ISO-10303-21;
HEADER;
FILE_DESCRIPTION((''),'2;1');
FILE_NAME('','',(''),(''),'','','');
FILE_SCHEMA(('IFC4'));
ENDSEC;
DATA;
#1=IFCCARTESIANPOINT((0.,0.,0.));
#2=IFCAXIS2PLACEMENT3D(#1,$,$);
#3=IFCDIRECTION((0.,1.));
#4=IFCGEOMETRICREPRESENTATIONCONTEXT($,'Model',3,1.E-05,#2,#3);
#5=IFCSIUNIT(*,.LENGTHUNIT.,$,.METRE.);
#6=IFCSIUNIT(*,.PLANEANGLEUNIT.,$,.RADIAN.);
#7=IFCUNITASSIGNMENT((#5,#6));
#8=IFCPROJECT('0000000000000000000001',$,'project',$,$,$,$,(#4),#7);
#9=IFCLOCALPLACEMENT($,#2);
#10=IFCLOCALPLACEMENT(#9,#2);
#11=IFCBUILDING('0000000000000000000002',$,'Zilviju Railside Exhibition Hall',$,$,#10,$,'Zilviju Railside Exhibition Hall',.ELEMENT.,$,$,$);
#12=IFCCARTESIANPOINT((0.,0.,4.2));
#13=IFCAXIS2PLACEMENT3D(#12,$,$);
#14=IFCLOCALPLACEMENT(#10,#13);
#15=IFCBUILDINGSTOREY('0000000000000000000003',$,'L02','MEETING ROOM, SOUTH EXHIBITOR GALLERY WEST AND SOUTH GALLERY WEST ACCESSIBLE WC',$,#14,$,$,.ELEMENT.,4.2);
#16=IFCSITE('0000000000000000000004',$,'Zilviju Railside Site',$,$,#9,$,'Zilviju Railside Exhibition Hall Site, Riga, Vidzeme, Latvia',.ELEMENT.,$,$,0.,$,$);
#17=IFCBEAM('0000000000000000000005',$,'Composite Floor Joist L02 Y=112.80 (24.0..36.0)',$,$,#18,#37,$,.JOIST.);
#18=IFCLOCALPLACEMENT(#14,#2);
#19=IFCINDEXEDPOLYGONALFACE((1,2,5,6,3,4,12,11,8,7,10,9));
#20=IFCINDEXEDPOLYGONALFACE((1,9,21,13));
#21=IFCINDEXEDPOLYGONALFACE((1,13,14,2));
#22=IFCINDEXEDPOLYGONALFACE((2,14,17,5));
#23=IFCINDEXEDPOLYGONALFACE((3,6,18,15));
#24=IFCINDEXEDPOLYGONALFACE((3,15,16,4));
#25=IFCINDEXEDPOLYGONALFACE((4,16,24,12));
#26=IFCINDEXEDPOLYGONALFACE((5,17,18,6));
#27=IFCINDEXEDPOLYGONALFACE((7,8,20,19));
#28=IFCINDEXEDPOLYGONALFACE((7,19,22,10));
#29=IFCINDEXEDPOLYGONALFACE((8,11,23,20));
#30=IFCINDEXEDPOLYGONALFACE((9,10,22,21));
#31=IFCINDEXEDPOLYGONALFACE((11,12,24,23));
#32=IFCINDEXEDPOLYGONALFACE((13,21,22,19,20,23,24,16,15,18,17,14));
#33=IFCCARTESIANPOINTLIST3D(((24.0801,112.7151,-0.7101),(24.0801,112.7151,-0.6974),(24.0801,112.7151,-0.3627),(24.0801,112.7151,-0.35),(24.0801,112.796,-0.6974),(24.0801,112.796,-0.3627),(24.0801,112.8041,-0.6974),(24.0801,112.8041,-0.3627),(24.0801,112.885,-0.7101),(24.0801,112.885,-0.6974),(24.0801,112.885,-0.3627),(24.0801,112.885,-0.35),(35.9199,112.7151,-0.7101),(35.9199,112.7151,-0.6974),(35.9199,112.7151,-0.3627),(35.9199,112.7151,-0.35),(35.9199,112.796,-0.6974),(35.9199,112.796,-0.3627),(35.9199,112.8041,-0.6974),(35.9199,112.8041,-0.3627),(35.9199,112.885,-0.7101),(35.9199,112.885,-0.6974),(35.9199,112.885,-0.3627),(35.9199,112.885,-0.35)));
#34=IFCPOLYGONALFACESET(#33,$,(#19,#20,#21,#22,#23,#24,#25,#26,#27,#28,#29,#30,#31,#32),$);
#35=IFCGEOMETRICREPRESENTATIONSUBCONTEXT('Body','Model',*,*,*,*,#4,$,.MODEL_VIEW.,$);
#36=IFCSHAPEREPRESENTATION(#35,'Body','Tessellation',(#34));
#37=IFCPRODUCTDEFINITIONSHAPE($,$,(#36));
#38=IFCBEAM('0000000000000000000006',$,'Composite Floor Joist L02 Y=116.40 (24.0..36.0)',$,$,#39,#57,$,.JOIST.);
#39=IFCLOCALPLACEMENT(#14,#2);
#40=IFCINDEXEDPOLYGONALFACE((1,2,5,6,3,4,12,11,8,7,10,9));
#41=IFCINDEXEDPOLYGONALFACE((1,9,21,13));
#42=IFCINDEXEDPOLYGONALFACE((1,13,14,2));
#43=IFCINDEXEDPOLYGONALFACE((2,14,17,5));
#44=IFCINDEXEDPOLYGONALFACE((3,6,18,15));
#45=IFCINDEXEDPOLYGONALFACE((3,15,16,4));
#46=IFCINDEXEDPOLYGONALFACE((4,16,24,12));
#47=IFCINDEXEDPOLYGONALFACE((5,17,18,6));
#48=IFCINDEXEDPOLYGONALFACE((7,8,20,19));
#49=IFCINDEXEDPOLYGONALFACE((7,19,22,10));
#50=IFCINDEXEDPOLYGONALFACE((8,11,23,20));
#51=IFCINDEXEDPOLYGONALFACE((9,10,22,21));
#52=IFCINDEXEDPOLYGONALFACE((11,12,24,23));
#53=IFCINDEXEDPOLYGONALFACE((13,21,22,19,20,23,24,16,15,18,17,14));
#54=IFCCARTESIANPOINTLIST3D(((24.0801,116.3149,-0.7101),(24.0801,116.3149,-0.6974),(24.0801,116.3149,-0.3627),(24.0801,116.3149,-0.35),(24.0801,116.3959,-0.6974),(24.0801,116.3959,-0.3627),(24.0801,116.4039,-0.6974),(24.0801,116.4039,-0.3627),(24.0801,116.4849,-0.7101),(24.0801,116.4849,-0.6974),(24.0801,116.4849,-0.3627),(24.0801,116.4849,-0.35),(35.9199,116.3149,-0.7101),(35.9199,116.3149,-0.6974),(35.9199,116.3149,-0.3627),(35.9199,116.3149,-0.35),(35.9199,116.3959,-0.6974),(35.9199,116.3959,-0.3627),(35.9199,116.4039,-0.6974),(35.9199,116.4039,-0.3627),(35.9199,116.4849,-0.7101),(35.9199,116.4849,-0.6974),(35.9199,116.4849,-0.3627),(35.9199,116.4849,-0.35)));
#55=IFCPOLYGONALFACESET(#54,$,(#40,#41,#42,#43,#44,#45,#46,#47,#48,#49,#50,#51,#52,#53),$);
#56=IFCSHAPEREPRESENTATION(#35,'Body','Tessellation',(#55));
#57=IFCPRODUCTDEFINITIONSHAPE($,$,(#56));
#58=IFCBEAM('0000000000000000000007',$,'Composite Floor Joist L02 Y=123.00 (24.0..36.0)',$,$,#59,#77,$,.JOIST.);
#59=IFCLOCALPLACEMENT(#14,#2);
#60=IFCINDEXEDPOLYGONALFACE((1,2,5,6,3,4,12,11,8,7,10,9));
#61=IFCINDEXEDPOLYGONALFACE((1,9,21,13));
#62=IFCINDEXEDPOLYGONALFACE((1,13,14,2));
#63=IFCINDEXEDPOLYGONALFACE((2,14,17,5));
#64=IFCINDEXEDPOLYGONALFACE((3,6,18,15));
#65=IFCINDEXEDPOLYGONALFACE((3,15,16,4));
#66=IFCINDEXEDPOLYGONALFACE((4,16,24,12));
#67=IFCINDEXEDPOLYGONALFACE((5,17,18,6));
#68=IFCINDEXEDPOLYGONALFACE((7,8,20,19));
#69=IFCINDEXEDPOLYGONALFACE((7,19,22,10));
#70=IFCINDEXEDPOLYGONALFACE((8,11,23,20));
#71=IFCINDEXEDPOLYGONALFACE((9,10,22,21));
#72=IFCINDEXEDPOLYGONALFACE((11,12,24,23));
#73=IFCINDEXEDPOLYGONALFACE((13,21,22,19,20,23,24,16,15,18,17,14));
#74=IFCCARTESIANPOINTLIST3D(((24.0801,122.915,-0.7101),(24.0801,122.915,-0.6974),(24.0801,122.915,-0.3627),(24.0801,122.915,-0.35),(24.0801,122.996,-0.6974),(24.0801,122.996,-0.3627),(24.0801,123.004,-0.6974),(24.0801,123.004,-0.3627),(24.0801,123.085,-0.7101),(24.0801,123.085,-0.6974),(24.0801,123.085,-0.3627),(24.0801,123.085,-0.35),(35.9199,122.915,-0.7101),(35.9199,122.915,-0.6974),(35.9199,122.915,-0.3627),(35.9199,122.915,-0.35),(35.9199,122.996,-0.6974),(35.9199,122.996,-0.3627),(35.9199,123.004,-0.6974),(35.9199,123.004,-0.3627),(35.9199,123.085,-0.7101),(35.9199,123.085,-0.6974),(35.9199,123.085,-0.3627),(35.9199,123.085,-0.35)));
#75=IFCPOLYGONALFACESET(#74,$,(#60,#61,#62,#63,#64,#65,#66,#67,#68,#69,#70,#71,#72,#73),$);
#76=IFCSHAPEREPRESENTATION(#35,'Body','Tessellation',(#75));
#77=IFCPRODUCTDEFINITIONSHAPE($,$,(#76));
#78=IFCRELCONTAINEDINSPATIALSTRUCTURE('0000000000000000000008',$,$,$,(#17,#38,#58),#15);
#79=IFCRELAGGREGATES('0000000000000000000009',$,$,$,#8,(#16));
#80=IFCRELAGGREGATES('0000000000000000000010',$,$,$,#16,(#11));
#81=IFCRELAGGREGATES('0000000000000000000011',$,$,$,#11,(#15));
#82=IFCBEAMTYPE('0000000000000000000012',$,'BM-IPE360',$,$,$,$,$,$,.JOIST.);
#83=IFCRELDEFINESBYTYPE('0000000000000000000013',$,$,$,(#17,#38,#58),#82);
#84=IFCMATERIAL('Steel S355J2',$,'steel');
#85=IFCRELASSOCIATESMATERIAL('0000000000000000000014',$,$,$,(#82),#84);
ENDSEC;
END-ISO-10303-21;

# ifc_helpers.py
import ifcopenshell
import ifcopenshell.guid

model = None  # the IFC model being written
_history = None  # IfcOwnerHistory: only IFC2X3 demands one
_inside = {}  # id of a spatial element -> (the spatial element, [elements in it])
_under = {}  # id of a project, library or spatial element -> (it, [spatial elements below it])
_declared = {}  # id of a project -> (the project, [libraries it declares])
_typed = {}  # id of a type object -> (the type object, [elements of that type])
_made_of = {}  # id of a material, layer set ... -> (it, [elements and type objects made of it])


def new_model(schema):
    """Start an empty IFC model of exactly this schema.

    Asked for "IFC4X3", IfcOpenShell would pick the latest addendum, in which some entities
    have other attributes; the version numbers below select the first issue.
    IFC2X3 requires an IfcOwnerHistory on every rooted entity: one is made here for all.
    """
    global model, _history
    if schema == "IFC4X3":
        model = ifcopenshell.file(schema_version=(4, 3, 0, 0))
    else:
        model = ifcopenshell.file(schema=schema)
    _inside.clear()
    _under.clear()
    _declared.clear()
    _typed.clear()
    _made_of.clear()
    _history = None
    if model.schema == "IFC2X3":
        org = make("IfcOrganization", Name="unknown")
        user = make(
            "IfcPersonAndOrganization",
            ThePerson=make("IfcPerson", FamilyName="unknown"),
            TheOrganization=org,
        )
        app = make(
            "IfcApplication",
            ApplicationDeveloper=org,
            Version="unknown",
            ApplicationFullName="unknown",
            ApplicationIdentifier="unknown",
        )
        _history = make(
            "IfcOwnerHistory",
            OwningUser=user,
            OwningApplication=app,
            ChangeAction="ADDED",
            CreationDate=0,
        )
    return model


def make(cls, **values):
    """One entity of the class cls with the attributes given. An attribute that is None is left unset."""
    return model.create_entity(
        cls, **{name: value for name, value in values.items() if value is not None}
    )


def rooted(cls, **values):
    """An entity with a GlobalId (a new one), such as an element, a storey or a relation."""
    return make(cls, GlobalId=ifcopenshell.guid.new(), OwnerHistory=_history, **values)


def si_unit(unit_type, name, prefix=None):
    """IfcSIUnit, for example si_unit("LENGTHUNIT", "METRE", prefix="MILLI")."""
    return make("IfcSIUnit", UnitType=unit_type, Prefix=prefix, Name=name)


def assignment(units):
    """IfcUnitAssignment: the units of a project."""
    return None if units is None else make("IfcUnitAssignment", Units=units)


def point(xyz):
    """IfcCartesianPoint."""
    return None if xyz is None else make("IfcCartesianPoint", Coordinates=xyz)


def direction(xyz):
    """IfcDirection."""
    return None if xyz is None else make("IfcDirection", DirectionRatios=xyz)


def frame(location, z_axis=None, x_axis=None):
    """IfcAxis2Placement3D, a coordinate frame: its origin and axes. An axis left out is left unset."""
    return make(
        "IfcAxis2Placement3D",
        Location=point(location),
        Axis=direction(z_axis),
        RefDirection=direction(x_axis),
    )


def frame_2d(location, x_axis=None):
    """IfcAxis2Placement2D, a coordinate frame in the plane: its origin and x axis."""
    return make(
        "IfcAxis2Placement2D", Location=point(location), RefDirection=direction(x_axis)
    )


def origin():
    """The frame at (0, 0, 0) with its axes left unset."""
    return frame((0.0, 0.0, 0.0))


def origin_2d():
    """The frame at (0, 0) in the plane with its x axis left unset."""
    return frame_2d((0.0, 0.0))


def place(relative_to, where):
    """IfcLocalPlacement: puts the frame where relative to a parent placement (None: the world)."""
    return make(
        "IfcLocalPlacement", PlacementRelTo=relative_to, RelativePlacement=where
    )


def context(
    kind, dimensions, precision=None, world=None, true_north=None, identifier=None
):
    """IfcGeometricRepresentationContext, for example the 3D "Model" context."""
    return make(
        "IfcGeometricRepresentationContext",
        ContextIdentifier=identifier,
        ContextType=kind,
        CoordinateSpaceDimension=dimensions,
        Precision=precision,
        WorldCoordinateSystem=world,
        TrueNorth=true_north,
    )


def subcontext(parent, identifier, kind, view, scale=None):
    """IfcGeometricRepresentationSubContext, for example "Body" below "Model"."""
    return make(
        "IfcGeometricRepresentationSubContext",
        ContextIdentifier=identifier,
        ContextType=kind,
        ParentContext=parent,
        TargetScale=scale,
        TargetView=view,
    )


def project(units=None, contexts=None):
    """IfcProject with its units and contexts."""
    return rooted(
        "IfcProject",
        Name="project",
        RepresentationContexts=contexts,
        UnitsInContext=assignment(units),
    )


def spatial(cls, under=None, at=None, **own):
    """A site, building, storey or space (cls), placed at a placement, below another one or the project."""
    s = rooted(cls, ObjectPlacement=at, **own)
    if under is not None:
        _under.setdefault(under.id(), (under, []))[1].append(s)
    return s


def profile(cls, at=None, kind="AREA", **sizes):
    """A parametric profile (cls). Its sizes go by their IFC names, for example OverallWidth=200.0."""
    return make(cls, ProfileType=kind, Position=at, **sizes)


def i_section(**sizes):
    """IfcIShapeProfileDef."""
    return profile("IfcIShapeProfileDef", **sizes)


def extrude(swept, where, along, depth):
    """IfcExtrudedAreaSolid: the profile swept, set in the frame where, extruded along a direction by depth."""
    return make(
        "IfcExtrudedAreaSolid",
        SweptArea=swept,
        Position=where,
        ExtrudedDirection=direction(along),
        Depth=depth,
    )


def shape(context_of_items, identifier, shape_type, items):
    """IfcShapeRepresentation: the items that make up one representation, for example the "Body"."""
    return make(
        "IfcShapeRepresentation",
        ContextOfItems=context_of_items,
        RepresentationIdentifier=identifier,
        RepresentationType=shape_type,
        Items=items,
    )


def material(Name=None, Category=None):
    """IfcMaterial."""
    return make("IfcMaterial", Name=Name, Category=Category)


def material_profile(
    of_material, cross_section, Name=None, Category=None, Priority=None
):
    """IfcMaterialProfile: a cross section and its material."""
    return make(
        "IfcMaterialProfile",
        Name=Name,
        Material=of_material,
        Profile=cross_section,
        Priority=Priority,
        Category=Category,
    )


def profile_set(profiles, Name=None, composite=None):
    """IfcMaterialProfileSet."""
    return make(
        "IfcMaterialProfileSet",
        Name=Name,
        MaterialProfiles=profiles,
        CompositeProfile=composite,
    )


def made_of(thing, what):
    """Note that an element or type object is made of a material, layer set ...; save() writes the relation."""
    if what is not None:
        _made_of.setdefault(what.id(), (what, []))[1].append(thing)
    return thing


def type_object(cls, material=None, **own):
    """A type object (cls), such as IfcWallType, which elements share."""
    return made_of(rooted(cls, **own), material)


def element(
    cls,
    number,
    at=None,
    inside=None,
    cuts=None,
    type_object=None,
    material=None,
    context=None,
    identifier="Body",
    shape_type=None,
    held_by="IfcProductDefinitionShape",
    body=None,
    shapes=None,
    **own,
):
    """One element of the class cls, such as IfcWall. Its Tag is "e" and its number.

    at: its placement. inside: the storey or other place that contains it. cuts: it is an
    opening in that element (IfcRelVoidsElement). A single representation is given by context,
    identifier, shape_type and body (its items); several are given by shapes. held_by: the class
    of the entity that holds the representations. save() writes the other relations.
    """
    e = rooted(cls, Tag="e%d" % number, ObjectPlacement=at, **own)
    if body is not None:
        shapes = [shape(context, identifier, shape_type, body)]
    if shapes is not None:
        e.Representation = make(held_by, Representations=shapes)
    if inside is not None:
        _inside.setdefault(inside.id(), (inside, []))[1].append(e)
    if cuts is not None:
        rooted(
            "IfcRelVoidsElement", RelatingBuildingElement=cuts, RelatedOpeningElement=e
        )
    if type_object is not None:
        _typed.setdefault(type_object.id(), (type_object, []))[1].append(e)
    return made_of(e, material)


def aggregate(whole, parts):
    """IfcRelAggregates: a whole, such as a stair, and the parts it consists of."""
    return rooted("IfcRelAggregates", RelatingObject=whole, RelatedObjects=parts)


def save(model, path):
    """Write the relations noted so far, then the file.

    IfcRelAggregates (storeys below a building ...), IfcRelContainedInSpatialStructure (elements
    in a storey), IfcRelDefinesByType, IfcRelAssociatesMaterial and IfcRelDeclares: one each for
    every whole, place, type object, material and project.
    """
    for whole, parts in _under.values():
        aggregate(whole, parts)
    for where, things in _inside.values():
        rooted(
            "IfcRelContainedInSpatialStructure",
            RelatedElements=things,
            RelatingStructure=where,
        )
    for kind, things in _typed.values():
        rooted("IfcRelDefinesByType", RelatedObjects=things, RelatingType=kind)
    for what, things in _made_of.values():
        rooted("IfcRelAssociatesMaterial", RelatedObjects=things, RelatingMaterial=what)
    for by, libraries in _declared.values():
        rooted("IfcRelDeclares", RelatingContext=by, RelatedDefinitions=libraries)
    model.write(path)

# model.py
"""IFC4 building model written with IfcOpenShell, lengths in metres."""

from ifc_helpers import new_model, si_unit, direction, frame, origin, origin_2d, place, context, subcontext, project, spatial, i_section, extrude, material, material_profile, profile_set, type_object, element, save


model = new_model("IFC4")

# Units and contexts
model_context = context("Model", 3, precision=1e-05, world=origin(), true_north=direction((0.0, 1.0)))
body_context = subcontext(model_context, "Body", "Model", "MODEL_VIEW")
ifc_project = project(units=[si_unit("LENGTHUNIT", "METRE"), si_unit("PLANEANGLEUNIT", "RADIAN")], contexts=[model_context])

# Site, building, storey
site_placement = place(None, origin())
site = spatial("IfcSite", under=ifc_project, at=site_placement, Name="Zilviju Railside Site", LongName="Zilviju Railside Exhibition Hall Site, Riga, Vidzeme, Latvia", CompositionType="ELEMENT", RefElevation=0.0)
building_placement = place(site_placement, origin())
building = spatial("IfcBuilding", under=site, at=building_placement, Name="Zilviju Railside Exhibition Hall", LongName="Zilviju Railside Exhibition Hall", CompositionType="ELEMENT")
storey_placement = place(building_placement, frame((0.0, 0.0, 4.2)))
storey = spatial("IfcBuildingStorey", under=building, at=storey_placement, Name="L02", Description="MEETING ROOM, SOUTH EXHIBITOR GALLERY WEST AND SOUTH GALLERY WEST ACCESSIBLE WC", CompositionType="ELEMENT", Elevation=4.2)

# Beams
ifc_material_1 = material(Name="Steel S355J2", Category="steel")
ifc_material_profile_1 = material_profile(ifc_material_1, i_section(OverallWidth=0.1699, OverallDepth=0.3601, WebThickness=0.0081, FlangeThickness=0.0127, at=origin_2d()), Name="IPE 360")
ifc_profile_set_1 = profile_set([ifc_material_profile_1], Name="Steel S355J2")
beam_type_1 = type_object("IfcBeamType", Name="BM-IPE360", PredefinedType="JOIST", material=ifc_profile_set_1)
for number, where, z_axis, x_axis, name in (
    (1, (24.0801, 112.8, -0.53), (1.0, 0.0, 0.0), (0.0, 1.0, 0.0), "Composite Floor Joist L02 Y=112.80 (24.0..36.0)"),
    (2, (24.0801, 116.3999, -0.53), (1.0, 0.0, 0.0), (0.0, 1.0, 0.0), "Composite Floor Joist L02 Y=116.40 (24.0..36.0)"),
    (3, (24.0801, 123.0, -0.53), (1.0, 0.0, 0.0), (0.0, 1.0, 0.0), "Composite Floor Joist L02 Y=123.00 (24.0..36.0)"),
):
    element("IfcBeam", number, at=place(storey_placement, frame(where, z_axis=z_axis, x_axis=x_axis)), inside=storey, type_object=beam_type_1, Name=name, PredefinedType="JOIST", context=body_context, shape_type="SweptSolid", body=[
        extrude(i_section(OverallWidth=0.1699, OverallDepth=0.3601, WebThickness=0.0081, FlangeThickness=0.0127, at=origin_2d()), origin(), (0.0, 0.0, 1.0), 11.8398),
    ])

save(model, "model.ifc")
